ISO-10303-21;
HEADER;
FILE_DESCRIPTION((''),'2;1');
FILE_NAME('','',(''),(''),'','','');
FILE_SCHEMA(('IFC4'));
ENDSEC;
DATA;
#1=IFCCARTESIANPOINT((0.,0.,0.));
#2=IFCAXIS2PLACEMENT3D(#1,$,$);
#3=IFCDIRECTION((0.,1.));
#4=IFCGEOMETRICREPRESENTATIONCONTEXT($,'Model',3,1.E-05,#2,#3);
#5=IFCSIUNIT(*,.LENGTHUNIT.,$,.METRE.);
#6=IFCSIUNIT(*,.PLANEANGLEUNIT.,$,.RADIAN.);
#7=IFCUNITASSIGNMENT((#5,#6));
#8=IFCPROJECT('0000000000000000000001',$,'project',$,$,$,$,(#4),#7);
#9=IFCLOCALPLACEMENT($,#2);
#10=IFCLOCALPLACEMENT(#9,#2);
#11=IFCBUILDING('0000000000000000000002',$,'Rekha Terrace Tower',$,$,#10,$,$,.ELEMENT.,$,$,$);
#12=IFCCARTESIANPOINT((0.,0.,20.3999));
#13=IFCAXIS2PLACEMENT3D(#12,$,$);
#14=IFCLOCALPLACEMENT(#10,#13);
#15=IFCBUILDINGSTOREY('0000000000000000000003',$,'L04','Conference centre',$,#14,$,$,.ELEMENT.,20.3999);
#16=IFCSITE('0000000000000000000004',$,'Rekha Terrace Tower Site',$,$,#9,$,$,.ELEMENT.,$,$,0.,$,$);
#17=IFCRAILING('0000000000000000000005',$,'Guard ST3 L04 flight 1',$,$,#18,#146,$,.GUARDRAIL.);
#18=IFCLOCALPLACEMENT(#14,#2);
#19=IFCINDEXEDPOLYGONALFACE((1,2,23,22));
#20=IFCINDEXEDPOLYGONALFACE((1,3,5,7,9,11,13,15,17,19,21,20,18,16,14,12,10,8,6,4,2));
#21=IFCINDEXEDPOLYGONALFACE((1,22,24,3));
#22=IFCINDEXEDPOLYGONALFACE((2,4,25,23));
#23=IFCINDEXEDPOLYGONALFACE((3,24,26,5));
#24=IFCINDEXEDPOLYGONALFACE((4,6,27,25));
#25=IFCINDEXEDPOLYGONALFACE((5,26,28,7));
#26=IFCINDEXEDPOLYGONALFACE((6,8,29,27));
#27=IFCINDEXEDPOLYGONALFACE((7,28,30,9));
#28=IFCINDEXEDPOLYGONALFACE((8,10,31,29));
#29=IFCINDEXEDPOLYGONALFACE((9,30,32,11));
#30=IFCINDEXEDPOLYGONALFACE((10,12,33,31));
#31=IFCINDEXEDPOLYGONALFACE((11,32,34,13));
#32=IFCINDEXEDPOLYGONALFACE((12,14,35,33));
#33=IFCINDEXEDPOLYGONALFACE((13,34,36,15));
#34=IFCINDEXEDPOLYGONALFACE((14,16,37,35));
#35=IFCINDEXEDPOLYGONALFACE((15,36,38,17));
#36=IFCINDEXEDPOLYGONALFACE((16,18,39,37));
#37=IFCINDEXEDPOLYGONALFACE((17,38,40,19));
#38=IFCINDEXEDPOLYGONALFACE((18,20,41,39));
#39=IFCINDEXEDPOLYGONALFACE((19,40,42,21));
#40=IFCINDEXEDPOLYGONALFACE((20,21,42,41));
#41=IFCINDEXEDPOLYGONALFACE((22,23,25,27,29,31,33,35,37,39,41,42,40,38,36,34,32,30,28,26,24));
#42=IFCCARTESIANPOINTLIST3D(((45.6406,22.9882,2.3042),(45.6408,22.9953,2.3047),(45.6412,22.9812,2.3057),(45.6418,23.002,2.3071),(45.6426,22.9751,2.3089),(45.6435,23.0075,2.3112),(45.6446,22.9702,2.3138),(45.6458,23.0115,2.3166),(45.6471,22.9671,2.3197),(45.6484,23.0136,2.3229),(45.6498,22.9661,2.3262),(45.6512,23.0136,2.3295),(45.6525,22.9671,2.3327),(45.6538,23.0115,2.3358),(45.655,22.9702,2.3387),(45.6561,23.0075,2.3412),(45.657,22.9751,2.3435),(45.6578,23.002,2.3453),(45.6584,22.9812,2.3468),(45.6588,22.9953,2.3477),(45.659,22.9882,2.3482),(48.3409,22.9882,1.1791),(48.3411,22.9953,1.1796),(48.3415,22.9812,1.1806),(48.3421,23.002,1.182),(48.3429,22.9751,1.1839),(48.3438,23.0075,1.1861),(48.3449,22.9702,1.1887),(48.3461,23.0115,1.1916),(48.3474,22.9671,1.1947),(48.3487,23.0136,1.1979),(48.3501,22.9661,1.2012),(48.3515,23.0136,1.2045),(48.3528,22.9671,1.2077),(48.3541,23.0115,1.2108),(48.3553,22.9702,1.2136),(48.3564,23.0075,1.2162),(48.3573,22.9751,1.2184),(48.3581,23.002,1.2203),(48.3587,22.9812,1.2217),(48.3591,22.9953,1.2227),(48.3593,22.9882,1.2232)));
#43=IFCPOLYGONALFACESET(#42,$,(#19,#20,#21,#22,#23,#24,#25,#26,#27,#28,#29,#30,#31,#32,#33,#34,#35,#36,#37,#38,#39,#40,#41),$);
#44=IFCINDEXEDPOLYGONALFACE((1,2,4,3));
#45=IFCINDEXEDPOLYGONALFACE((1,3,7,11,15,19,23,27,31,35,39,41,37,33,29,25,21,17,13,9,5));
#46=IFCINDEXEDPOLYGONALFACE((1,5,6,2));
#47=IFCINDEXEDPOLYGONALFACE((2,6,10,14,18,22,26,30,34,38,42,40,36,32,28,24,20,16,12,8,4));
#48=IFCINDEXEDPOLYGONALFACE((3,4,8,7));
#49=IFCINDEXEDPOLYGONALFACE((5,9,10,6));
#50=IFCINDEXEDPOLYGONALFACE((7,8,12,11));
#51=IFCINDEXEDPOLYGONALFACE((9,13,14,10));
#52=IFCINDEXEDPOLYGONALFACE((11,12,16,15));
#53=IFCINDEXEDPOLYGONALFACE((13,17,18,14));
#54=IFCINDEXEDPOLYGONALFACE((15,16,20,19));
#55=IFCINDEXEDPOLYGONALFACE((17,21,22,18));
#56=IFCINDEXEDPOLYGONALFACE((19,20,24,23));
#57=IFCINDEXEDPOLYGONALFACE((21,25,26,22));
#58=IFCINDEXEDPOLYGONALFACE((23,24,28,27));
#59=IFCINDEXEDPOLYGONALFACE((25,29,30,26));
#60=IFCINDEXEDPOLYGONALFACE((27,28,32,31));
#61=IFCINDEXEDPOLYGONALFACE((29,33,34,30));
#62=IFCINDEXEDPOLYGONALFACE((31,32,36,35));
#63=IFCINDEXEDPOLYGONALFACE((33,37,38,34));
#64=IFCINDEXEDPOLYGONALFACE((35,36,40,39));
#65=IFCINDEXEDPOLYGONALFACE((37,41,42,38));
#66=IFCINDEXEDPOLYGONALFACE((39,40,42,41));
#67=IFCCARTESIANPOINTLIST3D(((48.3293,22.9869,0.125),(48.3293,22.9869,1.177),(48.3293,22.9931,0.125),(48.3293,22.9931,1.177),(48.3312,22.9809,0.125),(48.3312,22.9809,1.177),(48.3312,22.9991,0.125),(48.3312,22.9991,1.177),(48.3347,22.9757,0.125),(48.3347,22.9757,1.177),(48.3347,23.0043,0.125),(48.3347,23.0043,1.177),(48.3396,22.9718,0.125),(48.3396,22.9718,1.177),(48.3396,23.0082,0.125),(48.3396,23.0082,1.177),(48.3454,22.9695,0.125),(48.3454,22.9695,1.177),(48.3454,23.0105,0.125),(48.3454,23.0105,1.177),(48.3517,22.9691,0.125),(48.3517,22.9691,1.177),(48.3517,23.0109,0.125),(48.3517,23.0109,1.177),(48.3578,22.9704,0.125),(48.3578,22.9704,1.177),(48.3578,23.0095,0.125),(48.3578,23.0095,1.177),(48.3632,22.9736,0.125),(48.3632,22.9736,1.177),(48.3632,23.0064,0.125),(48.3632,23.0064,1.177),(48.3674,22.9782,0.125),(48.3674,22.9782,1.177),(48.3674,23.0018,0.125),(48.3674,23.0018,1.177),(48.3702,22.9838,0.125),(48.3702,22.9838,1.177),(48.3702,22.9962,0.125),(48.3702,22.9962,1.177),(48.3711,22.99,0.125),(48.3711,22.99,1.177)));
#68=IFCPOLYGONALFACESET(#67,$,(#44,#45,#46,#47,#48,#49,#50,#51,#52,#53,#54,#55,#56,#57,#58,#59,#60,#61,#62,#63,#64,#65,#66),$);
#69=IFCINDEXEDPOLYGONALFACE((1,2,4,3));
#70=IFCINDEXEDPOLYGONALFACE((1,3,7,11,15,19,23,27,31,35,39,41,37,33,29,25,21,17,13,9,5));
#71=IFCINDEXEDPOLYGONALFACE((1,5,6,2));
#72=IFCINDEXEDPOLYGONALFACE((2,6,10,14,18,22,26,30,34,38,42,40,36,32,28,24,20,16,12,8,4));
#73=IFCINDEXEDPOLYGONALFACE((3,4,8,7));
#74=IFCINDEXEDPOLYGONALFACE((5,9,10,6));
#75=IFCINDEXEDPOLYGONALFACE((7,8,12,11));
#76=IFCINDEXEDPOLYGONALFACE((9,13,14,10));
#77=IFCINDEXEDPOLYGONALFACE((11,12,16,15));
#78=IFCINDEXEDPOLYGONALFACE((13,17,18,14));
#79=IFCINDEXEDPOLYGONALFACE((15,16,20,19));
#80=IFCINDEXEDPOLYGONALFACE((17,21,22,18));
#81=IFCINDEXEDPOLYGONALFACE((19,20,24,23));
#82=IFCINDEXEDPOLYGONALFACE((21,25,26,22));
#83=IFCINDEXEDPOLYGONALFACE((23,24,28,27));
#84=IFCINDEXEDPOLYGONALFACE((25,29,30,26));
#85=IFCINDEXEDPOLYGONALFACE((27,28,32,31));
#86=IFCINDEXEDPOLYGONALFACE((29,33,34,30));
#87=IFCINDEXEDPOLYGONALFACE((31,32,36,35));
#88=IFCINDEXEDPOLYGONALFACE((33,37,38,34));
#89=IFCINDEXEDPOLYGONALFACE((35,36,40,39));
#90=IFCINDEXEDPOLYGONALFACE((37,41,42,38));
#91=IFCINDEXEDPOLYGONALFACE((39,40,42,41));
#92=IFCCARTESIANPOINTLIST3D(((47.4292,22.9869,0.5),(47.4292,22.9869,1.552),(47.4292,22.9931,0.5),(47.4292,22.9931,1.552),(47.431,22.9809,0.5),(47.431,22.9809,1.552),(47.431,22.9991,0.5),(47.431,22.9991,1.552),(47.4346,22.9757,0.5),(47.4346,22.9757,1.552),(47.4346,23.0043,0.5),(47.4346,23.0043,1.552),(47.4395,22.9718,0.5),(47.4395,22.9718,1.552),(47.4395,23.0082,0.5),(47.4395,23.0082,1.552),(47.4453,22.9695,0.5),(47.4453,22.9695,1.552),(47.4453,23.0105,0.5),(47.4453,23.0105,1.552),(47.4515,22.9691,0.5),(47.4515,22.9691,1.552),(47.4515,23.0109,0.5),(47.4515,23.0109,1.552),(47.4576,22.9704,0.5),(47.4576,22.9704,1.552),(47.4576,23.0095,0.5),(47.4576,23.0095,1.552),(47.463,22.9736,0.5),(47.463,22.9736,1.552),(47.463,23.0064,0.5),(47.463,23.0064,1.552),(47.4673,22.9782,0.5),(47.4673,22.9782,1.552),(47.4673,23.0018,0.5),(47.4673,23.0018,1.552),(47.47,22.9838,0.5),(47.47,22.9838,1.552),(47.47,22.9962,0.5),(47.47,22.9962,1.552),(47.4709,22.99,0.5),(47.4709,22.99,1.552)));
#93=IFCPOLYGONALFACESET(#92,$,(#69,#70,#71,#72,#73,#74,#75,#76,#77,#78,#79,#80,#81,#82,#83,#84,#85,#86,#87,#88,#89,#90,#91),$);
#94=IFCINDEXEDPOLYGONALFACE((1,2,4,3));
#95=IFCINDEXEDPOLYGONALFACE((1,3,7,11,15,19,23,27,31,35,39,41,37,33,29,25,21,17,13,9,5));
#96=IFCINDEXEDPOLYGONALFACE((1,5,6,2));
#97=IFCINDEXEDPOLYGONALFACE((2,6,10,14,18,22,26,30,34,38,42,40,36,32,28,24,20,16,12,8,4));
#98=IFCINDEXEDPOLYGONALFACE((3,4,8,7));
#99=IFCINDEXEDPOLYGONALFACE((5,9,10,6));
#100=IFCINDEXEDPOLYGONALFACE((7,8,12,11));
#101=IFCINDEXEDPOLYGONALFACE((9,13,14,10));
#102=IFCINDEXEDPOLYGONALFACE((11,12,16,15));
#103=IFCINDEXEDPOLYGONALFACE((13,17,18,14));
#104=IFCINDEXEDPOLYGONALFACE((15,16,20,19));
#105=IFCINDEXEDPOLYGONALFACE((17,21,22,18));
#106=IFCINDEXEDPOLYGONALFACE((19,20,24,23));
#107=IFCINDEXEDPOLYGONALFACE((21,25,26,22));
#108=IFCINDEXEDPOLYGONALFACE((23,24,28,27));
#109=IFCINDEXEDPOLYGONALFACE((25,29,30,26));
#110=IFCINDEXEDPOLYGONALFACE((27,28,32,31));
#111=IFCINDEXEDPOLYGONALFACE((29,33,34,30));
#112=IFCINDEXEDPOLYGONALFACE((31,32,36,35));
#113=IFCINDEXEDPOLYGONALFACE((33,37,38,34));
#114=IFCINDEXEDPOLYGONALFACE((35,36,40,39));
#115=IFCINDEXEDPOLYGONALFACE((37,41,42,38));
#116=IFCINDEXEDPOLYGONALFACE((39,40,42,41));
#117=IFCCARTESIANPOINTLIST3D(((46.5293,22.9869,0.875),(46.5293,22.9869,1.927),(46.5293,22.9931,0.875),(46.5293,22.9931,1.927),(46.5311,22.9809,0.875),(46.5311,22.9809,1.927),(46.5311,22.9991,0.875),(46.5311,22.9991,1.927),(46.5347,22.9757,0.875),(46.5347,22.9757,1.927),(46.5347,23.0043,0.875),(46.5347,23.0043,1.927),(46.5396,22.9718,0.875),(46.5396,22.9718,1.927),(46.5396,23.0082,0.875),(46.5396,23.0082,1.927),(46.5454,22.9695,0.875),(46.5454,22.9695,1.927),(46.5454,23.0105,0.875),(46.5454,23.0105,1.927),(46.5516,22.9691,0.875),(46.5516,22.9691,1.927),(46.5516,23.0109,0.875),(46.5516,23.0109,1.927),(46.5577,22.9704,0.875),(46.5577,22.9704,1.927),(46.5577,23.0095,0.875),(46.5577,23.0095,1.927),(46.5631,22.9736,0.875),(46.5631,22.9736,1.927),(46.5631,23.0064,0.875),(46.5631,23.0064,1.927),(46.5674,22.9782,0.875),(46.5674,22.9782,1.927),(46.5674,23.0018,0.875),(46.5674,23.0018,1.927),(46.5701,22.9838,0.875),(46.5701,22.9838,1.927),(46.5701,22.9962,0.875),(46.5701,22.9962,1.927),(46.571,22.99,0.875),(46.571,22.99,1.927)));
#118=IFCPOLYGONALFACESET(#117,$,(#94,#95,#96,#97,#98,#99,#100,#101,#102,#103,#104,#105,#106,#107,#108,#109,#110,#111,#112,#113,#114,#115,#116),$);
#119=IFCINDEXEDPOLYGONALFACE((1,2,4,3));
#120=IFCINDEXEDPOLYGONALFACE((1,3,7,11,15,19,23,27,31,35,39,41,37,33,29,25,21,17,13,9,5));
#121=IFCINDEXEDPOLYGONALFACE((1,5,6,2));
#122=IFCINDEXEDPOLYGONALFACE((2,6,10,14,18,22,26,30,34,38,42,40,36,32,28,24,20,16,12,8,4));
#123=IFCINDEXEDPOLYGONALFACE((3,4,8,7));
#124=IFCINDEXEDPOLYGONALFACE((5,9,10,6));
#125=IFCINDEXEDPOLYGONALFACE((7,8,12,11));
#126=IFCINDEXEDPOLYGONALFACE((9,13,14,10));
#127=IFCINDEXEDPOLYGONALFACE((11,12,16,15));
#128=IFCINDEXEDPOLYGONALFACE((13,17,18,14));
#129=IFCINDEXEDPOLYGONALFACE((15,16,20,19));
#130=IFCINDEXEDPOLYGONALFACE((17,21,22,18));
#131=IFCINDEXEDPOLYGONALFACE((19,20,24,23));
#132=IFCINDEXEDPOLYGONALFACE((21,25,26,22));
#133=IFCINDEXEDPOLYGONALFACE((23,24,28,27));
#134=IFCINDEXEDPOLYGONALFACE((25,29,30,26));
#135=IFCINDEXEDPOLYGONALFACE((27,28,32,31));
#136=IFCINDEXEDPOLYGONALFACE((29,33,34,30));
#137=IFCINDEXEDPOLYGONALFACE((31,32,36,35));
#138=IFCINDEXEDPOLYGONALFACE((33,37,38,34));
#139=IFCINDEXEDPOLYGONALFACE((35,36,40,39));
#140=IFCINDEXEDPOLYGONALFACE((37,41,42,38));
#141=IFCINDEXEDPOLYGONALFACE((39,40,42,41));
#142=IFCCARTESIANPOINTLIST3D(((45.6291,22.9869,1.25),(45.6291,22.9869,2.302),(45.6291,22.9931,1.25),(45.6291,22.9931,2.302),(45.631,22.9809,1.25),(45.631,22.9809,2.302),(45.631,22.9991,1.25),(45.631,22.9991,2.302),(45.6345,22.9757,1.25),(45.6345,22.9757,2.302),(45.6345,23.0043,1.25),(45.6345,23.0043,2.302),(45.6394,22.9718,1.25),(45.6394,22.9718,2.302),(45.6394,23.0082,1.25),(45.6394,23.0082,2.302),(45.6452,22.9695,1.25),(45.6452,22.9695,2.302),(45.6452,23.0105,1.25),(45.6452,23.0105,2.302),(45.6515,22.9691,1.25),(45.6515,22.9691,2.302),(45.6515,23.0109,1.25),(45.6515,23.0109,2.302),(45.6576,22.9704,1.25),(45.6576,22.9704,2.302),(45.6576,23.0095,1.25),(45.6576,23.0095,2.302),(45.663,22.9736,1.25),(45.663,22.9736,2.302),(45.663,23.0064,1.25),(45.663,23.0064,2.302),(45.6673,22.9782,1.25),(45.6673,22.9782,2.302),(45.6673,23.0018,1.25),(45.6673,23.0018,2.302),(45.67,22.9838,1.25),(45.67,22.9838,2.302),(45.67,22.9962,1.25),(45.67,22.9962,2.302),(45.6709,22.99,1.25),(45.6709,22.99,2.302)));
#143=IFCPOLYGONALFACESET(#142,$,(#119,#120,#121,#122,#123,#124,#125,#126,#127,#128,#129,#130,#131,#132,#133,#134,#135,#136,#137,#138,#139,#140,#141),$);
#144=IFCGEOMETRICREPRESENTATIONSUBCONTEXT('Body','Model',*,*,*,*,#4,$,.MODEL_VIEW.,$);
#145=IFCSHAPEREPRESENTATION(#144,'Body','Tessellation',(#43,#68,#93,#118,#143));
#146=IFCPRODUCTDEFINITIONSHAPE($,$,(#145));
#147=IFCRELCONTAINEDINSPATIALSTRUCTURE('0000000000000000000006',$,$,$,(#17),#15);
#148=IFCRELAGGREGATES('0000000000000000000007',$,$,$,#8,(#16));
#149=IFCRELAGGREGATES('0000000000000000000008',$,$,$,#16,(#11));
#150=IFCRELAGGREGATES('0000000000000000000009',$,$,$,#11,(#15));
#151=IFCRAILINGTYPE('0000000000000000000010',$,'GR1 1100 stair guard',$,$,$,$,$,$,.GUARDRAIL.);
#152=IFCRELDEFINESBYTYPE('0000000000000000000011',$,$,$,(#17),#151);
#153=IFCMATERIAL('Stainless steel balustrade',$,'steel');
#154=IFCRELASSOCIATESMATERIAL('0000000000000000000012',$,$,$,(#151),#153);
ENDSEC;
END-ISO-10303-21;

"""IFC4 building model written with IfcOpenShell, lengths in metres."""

from ifc_helpers import new_model, si_unit, direction, frame, origin, origin_2d, place, context, subcontext, project, spatial, circle, extrude, material, type_object, element, save


model = new_model("IFC4")

# Units and contexts
model_context = context("Model", 3, precision=1e-05, world=origin(), true_north=direction((0.0, 1.0)))
body_context = subcontext(model_context, "Body", "Model", "MODEL_VIEW")
ifc_project = project(units=[si_unit("LENGTHUNIT", "METRE"), si_unit("PLANEANGLEUNIT", "RADIAN")], contexts=[model_context])

# Site, building, storey
site_placement = place(None, origin())
site = spatial("IfcSite", under=ifc_project, at=site_placement, Name="Rekha Terrace Tower Site", CompositionType="ELEMENT", RefElevation=0.0)
building_placement = place(site_placement, origin())
building = spatial("IfcBuilding", under=site, at=building_placement, Name="Rekha Terrace Tower", CompositionType="ELEMENT")
storey_placement = place(building_placement, frame((0.0, 0.0, 20.3999)))
storey = spatial("IfcBuildingStorey", under=building, at=storey_placement, Name="L04", Description="Conference centre", CompositionType="ELEMENT", Elevation=20.3999)

# Railing
ifc_material_1 = material(Name="Stainless steel balustrade", Category="steel")
railing_type_1 = type_object("IfcRailingType", Name="GR1 1100 stair guard", PredefinedType="GUARDRAIL", material=ifc_material_1)
railing_1_placement = place(storey_placement, frame((48.3501, 22.99, 0.125)))
element("IfcRailing", 1, at=railing_1_placement, inside=storey, type_object=railing_type_1, Name="Guard ST3 L04 flight 1", PredefinedType="GUARDRAIL", context=body_context, shape_type="SweptSolid", body=[
    extrude(circle(Radius=0.0239, at=origin_2d()), frame((0.0, 0.0, 1.0762), z_axis=(-0.923087, 0.0, 0.384592), x_axis=(0.0, -1.0, 0.0)), (0.0, 0.0, 1.0), 2.9253),
    extrude(circle(Radius=0.021, at=origin_2d()), origin(), (0.0, 0.0, 1.0), 1.052),
    extrude(circle(Radius=0.021, at=origin_2d()), frame((-0.9001, 0.0, 0.375)), (0.0, 0.0, 1.0), 1.052),
    extrude(circle(Radius=0.021, at=origin_2d()), frame((-1.8, 0.0, 0.75)), (0.0, 0.0, 1.0), 1.052),
    extrude(circle(Radius=0.021, at=origin_2d()), frame((-2.7002, 0.0, 1.125)), (0.0, 0.0, 1.0), 1.052),
])

save(model, "model.ifc")
